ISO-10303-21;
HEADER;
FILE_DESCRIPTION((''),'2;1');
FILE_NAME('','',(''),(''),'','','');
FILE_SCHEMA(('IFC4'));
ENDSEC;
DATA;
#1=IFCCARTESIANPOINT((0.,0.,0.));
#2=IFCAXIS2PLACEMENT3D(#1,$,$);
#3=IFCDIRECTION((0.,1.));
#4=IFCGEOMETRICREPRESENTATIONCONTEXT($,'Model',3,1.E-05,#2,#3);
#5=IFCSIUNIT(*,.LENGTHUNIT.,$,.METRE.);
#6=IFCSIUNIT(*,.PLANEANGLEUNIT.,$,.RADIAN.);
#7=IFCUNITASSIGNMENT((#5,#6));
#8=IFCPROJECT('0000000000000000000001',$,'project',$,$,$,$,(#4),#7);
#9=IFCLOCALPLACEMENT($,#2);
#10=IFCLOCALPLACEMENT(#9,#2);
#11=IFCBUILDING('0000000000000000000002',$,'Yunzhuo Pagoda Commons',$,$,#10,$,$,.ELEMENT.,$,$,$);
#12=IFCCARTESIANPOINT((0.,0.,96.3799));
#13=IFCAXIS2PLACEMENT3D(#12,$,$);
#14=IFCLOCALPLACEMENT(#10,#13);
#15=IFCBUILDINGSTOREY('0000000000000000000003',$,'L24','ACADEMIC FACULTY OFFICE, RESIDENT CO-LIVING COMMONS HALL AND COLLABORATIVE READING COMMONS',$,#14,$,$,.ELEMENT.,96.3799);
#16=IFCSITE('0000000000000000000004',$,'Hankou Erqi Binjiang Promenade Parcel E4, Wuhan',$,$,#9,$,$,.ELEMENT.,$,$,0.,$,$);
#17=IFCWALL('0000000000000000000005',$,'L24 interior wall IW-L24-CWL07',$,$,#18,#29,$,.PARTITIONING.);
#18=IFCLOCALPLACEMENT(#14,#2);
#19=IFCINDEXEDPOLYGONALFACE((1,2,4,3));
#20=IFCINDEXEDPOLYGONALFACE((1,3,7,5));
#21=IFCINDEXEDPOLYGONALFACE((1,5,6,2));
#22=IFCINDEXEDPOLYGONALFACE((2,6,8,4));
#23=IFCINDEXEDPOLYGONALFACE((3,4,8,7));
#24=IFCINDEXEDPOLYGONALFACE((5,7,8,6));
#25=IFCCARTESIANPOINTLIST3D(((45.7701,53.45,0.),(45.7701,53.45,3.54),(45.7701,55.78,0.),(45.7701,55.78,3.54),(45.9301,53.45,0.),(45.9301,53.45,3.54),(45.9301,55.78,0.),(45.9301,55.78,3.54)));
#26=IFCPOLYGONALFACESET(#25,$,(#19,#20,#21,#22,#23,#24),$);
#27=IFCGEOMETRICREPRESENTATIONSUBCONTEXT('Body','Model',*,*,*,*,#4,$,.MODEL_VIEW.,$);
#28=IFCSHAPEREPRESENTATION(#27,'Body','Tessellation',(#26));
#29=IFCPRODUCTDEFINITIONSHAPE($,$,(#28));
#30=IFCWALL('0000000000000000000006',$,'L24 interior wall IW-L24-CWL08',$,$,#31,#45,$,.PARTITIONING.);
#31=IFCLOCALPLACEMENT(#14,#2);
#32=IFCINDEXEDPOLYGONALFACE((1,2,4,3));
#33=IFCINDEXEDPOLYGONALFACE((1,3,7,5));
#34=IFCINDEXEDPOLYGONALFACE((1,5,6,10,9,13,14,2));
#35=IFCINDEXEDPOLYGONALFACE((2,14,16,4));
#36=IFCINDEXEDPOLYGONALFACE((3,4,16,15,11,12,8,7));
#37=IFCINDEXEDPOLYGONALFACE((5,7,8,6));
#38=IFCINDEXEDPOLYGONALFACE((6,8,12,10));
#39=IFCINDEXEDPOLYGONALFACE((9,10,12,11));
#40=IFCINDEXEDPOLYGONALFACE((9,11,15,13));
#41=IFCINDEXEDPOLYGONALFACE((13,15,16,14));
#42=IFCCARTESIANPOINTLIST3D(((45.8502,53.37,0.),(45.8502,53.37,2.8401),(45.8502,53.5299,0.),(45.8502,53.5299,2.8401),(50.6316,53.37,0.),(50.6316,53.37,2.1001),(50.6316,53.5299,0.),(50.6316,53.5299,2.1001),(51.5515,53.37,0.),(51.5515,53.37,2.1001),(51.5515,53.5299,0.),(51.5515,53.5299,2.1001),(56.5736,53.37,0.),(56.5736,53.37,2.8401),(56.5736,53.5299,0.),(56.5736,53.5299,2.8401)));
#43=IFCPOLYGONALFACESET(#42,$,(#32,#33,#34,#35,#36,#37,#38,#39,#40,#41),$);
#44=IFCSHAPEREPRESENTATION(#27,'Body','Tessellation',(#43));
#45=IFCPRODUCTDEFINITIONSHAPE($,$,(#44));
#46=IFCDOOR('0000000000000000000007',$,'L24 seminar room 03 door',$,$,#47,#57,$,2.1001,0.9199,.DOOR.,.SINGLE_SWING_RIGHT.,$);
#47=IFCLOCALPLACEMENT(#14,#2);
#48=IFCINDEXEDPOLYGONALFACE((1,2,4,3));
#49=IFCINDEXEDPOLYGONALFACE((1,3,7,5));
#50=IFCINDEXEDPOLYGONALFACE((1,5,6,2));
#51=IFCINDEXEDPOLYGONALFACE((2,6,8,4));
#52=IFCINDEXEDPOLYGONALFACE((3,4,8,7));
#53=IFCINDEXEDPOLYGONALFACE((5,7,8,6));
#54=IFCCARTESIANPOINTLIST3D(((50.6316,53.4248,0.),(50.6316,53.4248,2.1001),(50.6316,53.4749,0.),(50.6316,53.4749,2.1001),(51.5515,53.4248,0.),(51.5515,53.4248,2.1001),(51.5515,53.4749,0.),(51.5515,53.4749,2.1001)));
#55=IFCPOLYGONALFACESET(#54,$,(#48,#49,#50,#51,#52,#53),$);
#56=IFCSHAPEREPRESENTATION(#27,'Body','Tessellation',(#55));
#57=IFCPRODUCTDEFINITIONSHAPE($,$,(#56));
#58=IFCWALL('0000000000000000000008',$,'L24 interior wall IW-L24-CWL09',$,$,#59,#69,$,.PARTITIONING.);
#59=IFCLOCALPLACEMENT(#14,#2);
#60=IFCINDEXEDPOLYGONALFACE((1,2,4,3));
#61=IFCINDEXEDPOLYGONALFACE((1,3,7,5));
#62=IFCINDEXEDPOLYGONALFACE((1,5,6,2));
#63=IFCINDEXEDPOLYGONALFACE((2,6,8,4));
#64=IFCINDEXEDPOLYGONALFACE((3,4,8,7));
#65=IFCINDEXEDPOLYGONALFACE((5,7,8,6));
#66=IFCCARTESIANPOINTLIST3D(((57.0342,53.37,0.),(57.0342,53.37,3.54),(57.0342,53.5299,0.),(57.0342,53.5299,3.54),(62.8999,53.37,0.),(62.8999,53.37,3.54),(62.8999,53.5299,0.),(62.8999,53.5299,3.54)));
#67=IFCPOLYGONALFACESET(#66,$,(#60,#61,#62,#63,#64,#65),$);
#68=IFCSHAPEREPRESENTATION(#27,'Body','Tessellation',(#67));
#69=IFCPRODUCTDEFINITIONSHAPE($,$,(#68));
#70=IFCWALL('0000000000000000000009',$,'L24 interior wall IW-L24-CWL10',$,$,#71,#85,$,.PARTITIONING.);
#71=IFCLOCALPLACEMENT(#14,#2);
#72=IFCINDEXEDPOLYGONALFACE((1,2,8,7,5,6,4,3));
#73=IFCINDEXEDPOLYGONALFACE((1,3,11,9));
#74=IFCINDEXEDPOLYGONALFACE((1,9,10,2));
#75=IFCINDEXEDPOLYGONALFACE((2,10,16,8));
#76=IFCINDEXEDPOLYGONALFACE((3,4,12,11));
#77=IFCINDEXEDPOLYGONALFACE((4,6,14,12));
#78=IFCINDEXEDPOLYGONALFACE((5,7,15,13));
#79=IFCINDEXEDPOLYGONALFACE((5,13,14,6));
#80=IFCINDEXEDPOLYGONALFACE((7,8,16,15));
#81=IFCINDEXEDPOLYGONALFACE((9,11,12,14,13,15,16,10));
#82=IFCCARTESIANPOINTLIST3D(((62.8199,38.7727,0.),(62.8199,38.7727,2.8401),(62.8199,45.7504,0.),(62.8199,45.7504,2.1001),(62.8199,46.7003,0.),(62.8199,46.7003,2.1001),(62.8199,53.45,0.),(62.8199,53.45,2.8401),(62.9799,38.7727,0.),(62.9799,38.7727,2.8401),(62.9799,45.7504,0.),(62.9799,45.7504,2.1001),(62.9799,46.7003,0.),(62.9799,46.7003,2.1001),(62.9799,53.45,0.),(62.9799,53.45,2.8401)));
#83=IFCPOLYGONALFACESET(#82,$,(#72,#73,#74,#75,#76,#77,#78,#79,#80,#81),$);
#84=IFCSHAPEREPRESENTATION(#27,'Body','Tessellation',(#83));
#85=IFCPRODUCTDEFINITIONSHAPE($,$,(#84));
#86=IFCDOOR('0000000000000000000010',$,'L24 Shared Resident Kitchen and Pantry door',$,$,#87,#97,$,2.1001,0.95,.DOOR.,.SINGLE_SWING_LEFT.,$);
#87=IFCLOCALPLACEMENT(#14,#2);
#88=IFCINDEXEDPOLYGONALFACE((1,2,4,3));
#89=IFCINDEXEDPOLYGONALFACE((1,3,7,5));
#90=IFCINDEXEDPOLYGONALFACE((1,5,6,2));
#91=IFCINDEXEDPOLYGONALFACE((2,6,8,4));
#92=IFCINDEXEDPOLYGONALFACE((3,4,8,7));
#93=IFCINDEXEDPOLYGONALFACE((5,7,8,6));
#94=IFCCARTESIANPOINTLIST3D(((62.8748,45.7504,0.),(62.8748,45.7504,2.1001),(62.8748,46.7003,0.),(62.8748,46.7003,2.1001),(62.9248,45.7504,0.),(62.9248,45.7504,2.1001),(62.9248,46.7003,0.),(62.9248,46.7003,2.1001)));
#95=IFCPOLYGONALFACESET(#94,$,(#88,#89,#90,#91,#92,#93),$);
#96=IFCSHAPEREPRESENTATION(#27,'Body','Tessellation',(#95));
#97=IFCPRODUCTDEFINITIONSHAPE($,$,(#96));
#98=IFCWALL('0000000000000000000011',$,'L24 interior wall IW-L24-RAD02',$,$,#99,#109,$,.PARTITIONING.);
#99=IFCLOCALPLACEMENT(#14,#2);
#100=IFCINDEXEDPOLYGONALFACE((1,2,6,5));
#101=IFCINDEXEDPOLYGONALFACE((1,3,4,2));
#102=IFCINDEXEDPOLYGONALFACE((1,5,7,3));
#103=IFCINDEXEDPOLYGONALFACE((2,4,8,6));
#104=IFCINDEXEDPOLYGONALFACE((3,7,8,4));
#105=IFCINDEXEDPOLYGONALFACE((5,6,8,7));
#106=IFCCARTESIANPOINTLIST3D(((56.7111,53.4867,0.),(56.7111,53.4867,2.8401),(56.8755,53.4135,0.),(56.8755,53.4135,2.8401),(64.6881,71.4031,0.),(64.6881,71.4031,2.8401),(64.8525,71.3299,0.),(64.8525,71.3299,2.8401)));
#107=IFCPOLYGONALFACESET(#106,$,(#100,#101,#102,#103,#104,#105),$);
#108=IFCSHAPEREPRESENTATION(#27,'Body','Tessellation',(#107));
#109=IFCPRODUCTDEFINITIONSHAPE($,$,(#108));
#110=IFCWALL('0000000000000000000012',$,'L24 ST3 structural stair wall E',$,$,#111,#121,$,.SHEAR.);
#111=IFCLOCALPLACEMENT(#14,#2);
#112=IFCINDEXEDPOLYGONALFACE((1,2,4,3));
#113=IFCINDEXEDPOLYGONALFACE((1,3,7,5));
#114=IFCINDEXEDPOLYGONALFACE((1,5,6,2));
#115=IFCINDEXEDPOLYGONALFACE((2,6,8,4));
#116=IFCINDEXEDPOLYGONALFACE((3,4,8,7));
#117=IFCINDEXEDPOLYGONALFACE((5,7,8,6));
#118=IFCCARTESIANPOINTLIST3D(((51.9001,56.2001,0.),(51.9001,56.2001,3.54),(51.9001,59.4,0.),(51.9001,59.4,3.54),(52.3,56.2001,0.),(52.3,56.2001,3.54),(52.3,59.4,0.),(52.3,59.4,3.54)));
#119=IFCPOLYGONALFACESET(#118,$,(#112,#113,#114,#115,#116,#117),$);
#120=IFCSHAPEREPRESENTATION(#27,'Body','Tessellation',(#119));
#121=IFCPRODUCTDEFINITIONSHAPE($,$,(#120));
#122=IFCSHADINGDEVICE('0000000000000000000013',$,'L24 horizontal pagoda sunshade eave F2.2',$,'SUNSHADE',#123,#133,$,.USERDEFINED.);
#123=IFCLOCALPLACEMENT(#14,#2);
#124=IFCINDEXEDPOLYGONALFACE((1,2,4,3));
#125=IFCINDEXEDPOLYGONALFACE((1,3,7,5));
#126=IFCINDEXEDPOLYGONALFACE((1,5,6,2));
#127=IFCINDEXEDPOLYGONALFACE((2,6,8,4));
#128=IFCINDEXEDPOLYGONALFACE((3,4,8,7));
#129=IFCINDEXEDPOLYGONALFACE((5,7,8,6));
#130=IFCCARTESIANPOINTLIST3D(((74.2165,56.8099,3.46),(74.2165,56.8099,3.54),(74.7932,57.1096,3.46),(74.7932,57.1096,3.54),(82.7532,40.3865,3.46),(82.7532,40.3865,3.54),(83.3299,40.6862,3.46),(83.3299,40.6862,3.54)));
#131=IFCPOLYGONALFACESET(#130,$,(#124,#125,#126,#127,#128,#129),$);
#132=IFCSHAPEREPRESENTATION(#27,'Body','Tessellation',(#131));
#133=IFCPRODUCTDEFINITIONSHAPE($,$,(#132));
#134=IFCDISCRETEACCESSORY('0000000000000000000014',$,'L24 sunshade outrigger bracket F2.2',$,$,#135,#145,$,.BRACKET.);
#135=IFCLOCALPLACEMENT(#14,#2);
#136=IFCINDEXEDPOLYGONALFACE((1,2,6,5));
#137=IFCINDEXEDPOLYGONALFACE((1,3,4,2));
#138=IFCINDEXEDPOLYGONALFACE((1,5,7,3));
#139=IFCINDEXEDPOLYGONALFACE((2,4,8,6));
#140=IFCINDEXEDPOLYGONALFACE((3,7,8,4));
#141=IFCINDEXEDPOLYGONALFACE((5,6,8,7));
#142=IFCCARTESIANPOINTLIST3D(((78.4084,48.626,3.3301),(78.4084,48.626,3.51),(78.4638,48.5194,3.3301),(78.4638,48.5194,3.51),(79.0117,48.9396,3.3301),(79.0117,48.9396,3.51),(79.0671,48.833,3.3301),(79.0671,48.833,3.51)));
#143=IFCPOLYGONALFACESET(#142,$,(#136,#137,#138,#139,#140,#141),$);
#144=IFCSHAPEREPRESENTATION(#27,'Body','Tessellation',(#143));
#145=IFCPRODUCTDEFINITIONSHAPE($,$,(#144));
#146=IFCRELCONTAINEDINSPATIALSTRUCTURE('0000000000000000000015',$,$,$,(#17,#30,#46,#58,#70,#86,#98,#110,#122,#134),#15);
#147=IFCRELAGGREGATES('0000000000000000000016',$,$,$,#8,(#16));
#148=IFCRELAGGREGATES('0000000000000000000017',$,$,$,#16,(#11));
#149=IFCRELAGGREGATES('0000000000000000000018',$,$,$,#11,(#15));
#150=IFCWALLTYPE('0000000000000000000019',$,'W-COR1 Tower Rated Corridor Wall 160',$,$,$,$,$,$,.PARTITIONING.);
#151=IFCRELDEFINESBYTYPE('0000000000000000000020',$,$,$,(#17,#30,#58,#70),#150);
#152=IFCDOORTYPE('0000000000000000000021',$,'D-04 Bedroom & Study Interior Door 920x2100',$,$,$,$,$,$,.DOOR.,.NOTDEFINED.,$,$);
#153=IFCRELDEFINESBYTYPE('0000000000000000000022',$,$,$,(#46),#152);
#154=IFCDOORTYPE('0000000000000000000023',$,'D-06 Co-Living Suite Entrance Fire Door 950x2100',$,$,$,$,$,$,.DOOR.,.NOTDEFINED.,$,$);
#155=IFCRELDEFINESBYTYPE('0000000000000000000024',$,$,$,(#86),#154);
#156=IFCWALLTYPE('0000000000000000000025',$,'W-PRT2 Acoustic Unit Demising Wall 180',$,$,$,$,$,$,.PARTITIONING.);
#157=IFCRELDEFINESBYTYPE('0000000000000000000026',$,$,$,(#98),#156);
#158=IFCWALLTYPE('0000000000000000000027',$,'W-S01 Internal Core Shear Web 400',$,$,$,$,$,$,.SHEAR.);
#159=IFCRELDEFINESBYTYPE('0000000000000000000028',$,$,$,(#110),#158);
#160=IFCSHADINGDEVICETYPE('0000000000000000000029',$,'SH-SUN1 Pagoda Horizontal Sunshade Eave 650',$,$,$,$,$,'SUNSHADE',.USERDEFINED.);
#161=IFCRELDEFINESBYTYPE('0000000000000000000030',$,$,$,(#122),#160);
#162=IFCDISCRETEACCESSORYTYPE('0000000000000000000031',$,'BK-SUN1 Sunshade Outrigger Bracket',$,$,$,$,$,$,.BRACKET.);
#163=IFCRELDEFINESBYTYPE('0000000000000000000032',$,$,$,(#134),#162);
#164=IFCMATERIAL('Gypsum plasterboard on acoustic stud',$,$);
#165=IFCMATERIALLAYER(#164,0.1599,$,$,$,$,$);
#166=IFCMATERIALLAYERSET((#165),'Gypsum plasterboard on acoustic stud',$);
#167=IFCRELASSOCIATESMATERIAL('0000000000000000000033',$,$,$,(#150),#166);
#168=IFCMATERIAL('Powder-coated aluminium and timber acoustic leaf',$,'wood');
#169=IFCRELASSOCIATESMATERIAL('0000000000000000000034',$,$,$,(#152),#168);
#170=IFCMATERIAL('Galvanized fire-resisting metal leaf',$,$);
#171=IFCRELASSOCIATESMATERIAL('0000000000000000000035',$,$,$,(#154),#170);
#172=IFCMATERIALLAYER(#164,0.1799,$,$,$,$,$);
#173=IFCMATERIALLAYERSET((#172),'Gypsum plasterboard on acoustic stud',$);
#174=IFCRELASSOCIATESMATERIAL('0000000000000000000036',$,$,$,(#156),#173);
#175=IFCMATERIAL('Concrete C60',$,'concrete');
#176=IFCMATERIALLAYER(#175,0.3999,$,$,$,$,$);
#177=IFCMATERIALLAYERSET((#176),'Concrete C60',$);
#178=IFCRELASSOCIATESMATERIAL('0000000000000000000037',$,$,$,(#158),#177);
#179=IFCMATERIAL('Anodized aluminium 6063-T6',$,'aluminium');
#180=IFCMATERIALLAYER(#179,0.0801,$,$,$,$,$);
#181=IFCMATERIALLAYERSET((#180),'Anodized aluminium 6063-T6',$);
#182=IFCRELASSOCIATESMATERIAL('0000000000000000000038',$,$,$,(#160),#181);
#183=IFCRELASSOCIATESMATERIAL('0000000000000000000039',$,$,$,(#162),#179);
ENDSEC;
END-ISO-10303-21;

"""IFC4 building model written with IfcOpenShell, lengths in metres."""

from ifc_helpers import new_model, si_unit, direction, frame, frame_2d, origin, origin_with_axes, origin_2d, place, context, subcontext, project, spatial, rectangle, extrude, source, transform, mapped, material, layer, layer_set, type_object, element, fill, save


model = new_model("IFC4")

# Units and contexts
model_context = context("Model", 3, precision=1e-05, world=origin(), true_north=direction((0.0, 1.0)))
body_context = subcontext(model_context, "Body", "Model", "MODEL_VIEW")
ifc_project = project(units=[si_unit("LENGTHUNIT", "METRE"), si_unit("PLANEANGLEUNIT", "RADIAN")], contexts=[model_context])

# Site, building, storey
site_placement = place(None, origin())
site = spatial("IfcSite", under=ifc_project, at=site_placement, Name="Hankou Erqi Binjiang Promenade Parcel E4, Wuhan", CompositionType="ELEMENT", RefElevation=0.0)
building_placement = place(site_placement, origin())
building = spatial("IfcBuilding", under=site, at=building_placement, Name="Yunzhuo Pagoda Commons", CompositionType="ELEMENT")
storey_placement = place(building_placement, frame((0.0, 0.0, 96.3799)))
storey = spatial("IfcBuildingStorey", under=building, at=storey_placement, Name="L24", Description="ACADEMIC FACULTY OFFICE, RESIDENT CO-LIVING COMMONS HALL AND COLLABORATIVE READING COMMONS", CompositionType="ELEMENT", Elevation=96.3799)

# Shared definitions
ifc_material_1 = material(Name="Anodized aluminium 6063-T6", Category="aluminium")

# Wall
ifc_material_2 = material(Name="Gypsum plasterboard on acoustic stud")
ifc_layer_1 = layer(ifc_material_2, 0.1599)
ifc_layer_set_1 = layer_set([ifc_layer_1], Name="Gypsum plasterboard on acoustic stud")
wall_type_1 = type_object("IfcWallType", Name="W-COR1 Tower Rated Corridor Wall 160", PredefinedType="PARTITIONING", material=ifc_layer_set_1)
wall_1_placement = place(storey_placement, frame((45.8501, 55.78, 0.0), z_axis=(0.0, 0.0, 1.0), x_axis=(0.0, -1.0, 0.0)))
element("IfcWall", 1, at=wall_1_placement, inside=storey, type_object=wall_type_1, Name="L24 interior wall IW-L24-CWL07", PredefinedType="PARTITIONING", context=body_context, shape_type="SweptSolid", body=[
    extrude(rectangle(XDim=2.3301, YDim=0.1599, at=frame_2d((1.165, 0.0))), origin(), (0.0, 0.0, 1.0), 3.54),
])

# Wall, opening, door
wall_2_placement = place(storey_placement, frame((45.8501, 53.45, 0.0), z_axis=(0.0, 0.0, 1.0), x_axis=(1.0, 0.0, 0.0)))
wall_2 = element("IfcWall", 2, at=wall_2_placement, inside=storey, type_object=wall_type_1, Name="L24 interior wall IW-L24-CWL08", PredefinedType="PARTITIONING", context=body_context, shape_type="SweptSolid", body=[
    extrude(rectangle(XDim=10.7234, YDim=0.1599, at=frame_2d((5.3618, 0.0))), origin(), (0.0, 0.0, 1.0), 2.8401),
])
opening_1_placement = place(wall_2_placement, frame((4.7815, 0.0, 0.0)))
opening_1 = element("IfcOpeningElement", 3, at=opening_1_placement, cuts=wall_2, PredefinedType="OPENING", context=body_context, shape_type="SweptSolid", body=[
    extrude(rectangle(XDim=0.9199, YDim=2.1001, at=frame_2d((0.46, 1.05))), frame((0.0, 0.0898, 0.0), z_axis=(0.0, -1.0, 0.0), x_axis=(1.0, 0.0, 0.0)), (0.0, 0.0, 1.0), 0.1799),
])
ifc_material_3 = material(Name="Powder-coated aluminium and timber acoustic leaf", Category="wood")
door_type_1 = type_object("IfcDoorType", Name="D-04 Bedroom & Study Interior Door 920x2100", OperationType="NOTDEFINED", PredefinedType="DOOR", material=ifc_material_3)
shared_shape_1 = source(origin(), body_context, "Body", "SweptSolid", [
    extrude(rectangle(XDim=0.9199, YDim=2.1001, at=frame_2d((0.46, 1.05))), frame((0.0, 0.0249, 0.0), z_axis=(0.0, -1.0, 0.0), x_axis=(1.0, 0.0, 0.0)), (0.0, 0.0, 1.0), 0.05),
])
door_1_placement = place(opening_1_placement, origin_with_axes())
door_1 = element("IfcDoor", 4, at=door_1_placement, inside=storey, type_object=door_type_1, Name="L24 seminar room 03 door", OperationType="SINGLE_SWING_RIGHT", OverallHeight=2.1001, OverallWidth=0.9199, PredefinedType="DOOR", context=body_context, shape_type="MappedRepresentation", body=[
    mapped(shared_shape_1, transform((0.0, 0.0, 0.0), scale=1.0)),
])
fill(opening_1, door_1)

# Wall
wall_3_placement = place(storey_placement, frame((57.0342, 53.45, 0.0), z_axis=(0.0, 0.0, 1.0), x_axis=(1.0, 0.0, 0.0)))
element("IfcWall", 5, at=wall_3_placement, inside=storey, type_object=wall_type_1, Name="L24 interior wall IW-L24-CWL09", PredefinedType="PARTITIONING", context=body_context, shape_type="SweptSolid", body=[
    extrude(rectangle(XDim=5.8657, YDim=0.1599, at=frame_2d((2.9329, 0.0))), origin(), (0.0, 0.0, 1.0), 3.54),
])

# Wall, opening, door
wall_4_placement = place(storey_placement, frame((62.8999, 53.45, 0.0), z_axis=(0.0, 0.0, 1.0), x_axis=(0.0, -1.0, 0.0)))
wall_4 = element("IfcWall", 6, at=wall_4_placement, inside=storey, type_object=wall_type_1, Name="L24 interior wall IW-L24-CWL10", PredefinedType="PARTITIONING", context=body_context, shape_type="SweptSolid", body=[
    extrude(rectangle(XDim=14.6772, YDim=0.1599, at=frame_2d((7.3386, 0.0))), origin(), (0.0, 0.0, 1.0), 2.8401),
])
opening_2_placement = place(wall_4_placement, frame((6.7495, 0.0, 0.0)))
opening_2 = element("IfcOpeningElement", 7, at=opening_2_placement, cuts=wall_4, PredefinedType="OPENING", context=body_context, shape_type="SweptSolid", body=[
    extrude(rectangle(XDim=0.95, YDim=2.1001, at=frame_2d((0.4751, 1.05))), frame((0.0, 0.0898, 0.0), z_axis=(0.0, -1.0, 0.0), x_axis=(1.0, 0.0, 0.0)), (0.0, 0.0, 1.0), 0.1799),
])
ifc_material_4 = material(Name="Galvanized fire-resisting metal leaf")
door_type_2 = type_object("IfcDoorType", Name="D-06 Co-Living Suite Entrance Fire Door 950x2100", OperationType="NOTDEFINED", PredefinedType="DOOR", material=ifc_material_4)
shared_shape_2 = source(origin(), body_context, "Body", "SweptSolid", [
    extrude(rectangle(XDim=0.95, YDim=2.1001, at=frame_2d((0.4751, 1.05))), frame((0.0, 0.0249, 0.0), z_axis=(0.0, -1.0, 0.0), x_axis=(1.0, 0.0, 0.0)), (0.0, 0.0, 1.0), 0.05),
])
door_2_placement = place(opening_2_placement, origin_with_axes())
door_2 = element("IfcDoor", 8, at=door_2_placement, inside=storey, type_object=door_type_2, Name="L24 Shared Resident Kitchen and Pantry door", OperationType="SINGLE_SWING_LEFT", OverallHeight=2.1001, OverallWidth=0.95, PredefinedType="DOOR", context=body_context, shape_type="MappedRepresentation", body=[
    mapped(shared_shape_2, transform((0.0, 0.0, 0.0), scale=1.0)),
])
fill(opening_2, door_2)

# Walls
ifc_layer_2 = layer(ifc_material_2, 0.1799)
ifc_layer_set_2 = layer_set([ifc_layer_2], Name="Gypsum plasterboard on acoustic stud")
wall_type_2 = type_object("IfcWallType", Name="W-PRT2 Acoustic Unit Demising Wall 180", PredefinedType="PARTITIONING", material=ifc_layer_set_2)
wall_5_placement = place(storey_placement, frame((56.7932, 53.45, 0.0), z_axis=(0.0, 0.0, 1.0), x_axis=(0.406741, 0.913543, 0.0)))
element("IfcWall", 9, at=wall_5_placement, inside=storey, type_object=wall_type_2, Name="L24 interior wall IW-L24-RAD02", PredefinedType="PARTITIONING", context=body_context, shape_type="SweptSolid", body=[
    extrude(rectangle(XDim=19.6121, YDim=0.1799, at=frame_2d((9.8062, 0.0))), origin(), (0.0, 0.0, 1.0), 2.8401),
])
ifc_material_5 = material(Name="Concrete C60", Category="concrete")
ifc_layer_3 = layer(ifc_material_5, 0.3999)
ifc_layer_set_3 = layer_set([ifc_layer_3], Name="Concrete C60")
wall_type_3 = type_object("IfcWallType", Name="W-S01 Internal Core Shear Web 400", PredefinedType="SHEAR", material=ifc_layer_set_3)
wall_6_placement = place(storey_placement, frame((52.1001, 56.2, 0.0), z_axis=(0.0, 0.0, 1.0), x_axis=(0.0, 1.0, 0.0)))
element("IfcWall", 10, at=wall_6_placement, inside=storey, type_object=wall_type_3, Name="L24 ST3 structural stair wall E", PredefinedType="SHEAR", context=body_context, shape_type="SweptSolid", body=[
    extrude(rectangle(XDim=3.2, YDim=0.3999, at=frame_2d((1.6001, 0.0))), origin(), (0.0, 0.0, 1.0), 3.54),
])

# Shading device
ifc_layer_4 = layer(ifc_material_1, 0.0801)
ifc_layer_set_4 = layer_set([ifc_layer_4], Name="Anodized aluminium 6063-T6")
shading_device_type = type_object("IfcShadingDeviceType", Name="SH-SUN1 Pagoda Horizontal Sunshade Eave 650", ElementType="SUNSHADE", PredefinedType="USERDEFINED", material=ifc_layer_set_4)
shared_shape_3 = source(origin(), body_context, "Body", "SweptSolid", [
    extrude(rectangle(XDim=18.5095, YDim=0.6499, at=origin_2d()), origin(), (0.0, 0.0, 1.0), 0.0801),
])
shading_device_placement = place(storey_placement, frame((78.7732, 48.748, 3.46), z_axis=(0.0, 0.0, 1.0), x_axis=(-0.461207, 0.887293, 0.0)))
element("IfcShadingDevice", 11, at=shading_device_placement, inside=storey, type_object=shading_device_type, Name="L24 horizontal pagoda sunshade eave F2.2", ObjectType="SUNSHADE", PredefinedType="USERDEFINED", context=body_context, shape_type="MappedRepresentation", body=[
    mapped(shared_shape_3, transform((0.0, 0.0, 0.0), scale=1.0)),
])

# Discrete accessory
discrete_accessory_type = type_object("IfcDiscreteAccessoryType", Name="BK-SUN1 Sunshade Outrigger Bracket", PredefinedType="BRACKET", material=ifc_material_1)
shared_shape_4 = source(origin(), body_context, "Body", "SweptSolid", [
    extrude(rectangle(XDim=0.1201, YDim=0.6799, at=origin_2d()), origin(), (0.0, 0.0, 1.0), 0.1799),
])
discrete_accessory_placement = place(storey_placement, frame((78.7378, 48.7295, 3.3301), z_axis=(0.0, 0.0, 1.0), x_axis=(-0.461207, 0.887293, 0.0)))
element("IfcDiscreteAccessory", 12, at=discrete_accessory_placement, inside=storey, type_object=discrete_accessory_type, Name="L24 sunshade outrigger bracket F2.2", PredefinedType="BRACKET", context=body_context, shape_type="MappedRepresentation", body=[
    mapped(shared_shape_4, transform((0.0, 0.0, 0.0), scale=1.0)),
])

save(model, "model.ifc")
